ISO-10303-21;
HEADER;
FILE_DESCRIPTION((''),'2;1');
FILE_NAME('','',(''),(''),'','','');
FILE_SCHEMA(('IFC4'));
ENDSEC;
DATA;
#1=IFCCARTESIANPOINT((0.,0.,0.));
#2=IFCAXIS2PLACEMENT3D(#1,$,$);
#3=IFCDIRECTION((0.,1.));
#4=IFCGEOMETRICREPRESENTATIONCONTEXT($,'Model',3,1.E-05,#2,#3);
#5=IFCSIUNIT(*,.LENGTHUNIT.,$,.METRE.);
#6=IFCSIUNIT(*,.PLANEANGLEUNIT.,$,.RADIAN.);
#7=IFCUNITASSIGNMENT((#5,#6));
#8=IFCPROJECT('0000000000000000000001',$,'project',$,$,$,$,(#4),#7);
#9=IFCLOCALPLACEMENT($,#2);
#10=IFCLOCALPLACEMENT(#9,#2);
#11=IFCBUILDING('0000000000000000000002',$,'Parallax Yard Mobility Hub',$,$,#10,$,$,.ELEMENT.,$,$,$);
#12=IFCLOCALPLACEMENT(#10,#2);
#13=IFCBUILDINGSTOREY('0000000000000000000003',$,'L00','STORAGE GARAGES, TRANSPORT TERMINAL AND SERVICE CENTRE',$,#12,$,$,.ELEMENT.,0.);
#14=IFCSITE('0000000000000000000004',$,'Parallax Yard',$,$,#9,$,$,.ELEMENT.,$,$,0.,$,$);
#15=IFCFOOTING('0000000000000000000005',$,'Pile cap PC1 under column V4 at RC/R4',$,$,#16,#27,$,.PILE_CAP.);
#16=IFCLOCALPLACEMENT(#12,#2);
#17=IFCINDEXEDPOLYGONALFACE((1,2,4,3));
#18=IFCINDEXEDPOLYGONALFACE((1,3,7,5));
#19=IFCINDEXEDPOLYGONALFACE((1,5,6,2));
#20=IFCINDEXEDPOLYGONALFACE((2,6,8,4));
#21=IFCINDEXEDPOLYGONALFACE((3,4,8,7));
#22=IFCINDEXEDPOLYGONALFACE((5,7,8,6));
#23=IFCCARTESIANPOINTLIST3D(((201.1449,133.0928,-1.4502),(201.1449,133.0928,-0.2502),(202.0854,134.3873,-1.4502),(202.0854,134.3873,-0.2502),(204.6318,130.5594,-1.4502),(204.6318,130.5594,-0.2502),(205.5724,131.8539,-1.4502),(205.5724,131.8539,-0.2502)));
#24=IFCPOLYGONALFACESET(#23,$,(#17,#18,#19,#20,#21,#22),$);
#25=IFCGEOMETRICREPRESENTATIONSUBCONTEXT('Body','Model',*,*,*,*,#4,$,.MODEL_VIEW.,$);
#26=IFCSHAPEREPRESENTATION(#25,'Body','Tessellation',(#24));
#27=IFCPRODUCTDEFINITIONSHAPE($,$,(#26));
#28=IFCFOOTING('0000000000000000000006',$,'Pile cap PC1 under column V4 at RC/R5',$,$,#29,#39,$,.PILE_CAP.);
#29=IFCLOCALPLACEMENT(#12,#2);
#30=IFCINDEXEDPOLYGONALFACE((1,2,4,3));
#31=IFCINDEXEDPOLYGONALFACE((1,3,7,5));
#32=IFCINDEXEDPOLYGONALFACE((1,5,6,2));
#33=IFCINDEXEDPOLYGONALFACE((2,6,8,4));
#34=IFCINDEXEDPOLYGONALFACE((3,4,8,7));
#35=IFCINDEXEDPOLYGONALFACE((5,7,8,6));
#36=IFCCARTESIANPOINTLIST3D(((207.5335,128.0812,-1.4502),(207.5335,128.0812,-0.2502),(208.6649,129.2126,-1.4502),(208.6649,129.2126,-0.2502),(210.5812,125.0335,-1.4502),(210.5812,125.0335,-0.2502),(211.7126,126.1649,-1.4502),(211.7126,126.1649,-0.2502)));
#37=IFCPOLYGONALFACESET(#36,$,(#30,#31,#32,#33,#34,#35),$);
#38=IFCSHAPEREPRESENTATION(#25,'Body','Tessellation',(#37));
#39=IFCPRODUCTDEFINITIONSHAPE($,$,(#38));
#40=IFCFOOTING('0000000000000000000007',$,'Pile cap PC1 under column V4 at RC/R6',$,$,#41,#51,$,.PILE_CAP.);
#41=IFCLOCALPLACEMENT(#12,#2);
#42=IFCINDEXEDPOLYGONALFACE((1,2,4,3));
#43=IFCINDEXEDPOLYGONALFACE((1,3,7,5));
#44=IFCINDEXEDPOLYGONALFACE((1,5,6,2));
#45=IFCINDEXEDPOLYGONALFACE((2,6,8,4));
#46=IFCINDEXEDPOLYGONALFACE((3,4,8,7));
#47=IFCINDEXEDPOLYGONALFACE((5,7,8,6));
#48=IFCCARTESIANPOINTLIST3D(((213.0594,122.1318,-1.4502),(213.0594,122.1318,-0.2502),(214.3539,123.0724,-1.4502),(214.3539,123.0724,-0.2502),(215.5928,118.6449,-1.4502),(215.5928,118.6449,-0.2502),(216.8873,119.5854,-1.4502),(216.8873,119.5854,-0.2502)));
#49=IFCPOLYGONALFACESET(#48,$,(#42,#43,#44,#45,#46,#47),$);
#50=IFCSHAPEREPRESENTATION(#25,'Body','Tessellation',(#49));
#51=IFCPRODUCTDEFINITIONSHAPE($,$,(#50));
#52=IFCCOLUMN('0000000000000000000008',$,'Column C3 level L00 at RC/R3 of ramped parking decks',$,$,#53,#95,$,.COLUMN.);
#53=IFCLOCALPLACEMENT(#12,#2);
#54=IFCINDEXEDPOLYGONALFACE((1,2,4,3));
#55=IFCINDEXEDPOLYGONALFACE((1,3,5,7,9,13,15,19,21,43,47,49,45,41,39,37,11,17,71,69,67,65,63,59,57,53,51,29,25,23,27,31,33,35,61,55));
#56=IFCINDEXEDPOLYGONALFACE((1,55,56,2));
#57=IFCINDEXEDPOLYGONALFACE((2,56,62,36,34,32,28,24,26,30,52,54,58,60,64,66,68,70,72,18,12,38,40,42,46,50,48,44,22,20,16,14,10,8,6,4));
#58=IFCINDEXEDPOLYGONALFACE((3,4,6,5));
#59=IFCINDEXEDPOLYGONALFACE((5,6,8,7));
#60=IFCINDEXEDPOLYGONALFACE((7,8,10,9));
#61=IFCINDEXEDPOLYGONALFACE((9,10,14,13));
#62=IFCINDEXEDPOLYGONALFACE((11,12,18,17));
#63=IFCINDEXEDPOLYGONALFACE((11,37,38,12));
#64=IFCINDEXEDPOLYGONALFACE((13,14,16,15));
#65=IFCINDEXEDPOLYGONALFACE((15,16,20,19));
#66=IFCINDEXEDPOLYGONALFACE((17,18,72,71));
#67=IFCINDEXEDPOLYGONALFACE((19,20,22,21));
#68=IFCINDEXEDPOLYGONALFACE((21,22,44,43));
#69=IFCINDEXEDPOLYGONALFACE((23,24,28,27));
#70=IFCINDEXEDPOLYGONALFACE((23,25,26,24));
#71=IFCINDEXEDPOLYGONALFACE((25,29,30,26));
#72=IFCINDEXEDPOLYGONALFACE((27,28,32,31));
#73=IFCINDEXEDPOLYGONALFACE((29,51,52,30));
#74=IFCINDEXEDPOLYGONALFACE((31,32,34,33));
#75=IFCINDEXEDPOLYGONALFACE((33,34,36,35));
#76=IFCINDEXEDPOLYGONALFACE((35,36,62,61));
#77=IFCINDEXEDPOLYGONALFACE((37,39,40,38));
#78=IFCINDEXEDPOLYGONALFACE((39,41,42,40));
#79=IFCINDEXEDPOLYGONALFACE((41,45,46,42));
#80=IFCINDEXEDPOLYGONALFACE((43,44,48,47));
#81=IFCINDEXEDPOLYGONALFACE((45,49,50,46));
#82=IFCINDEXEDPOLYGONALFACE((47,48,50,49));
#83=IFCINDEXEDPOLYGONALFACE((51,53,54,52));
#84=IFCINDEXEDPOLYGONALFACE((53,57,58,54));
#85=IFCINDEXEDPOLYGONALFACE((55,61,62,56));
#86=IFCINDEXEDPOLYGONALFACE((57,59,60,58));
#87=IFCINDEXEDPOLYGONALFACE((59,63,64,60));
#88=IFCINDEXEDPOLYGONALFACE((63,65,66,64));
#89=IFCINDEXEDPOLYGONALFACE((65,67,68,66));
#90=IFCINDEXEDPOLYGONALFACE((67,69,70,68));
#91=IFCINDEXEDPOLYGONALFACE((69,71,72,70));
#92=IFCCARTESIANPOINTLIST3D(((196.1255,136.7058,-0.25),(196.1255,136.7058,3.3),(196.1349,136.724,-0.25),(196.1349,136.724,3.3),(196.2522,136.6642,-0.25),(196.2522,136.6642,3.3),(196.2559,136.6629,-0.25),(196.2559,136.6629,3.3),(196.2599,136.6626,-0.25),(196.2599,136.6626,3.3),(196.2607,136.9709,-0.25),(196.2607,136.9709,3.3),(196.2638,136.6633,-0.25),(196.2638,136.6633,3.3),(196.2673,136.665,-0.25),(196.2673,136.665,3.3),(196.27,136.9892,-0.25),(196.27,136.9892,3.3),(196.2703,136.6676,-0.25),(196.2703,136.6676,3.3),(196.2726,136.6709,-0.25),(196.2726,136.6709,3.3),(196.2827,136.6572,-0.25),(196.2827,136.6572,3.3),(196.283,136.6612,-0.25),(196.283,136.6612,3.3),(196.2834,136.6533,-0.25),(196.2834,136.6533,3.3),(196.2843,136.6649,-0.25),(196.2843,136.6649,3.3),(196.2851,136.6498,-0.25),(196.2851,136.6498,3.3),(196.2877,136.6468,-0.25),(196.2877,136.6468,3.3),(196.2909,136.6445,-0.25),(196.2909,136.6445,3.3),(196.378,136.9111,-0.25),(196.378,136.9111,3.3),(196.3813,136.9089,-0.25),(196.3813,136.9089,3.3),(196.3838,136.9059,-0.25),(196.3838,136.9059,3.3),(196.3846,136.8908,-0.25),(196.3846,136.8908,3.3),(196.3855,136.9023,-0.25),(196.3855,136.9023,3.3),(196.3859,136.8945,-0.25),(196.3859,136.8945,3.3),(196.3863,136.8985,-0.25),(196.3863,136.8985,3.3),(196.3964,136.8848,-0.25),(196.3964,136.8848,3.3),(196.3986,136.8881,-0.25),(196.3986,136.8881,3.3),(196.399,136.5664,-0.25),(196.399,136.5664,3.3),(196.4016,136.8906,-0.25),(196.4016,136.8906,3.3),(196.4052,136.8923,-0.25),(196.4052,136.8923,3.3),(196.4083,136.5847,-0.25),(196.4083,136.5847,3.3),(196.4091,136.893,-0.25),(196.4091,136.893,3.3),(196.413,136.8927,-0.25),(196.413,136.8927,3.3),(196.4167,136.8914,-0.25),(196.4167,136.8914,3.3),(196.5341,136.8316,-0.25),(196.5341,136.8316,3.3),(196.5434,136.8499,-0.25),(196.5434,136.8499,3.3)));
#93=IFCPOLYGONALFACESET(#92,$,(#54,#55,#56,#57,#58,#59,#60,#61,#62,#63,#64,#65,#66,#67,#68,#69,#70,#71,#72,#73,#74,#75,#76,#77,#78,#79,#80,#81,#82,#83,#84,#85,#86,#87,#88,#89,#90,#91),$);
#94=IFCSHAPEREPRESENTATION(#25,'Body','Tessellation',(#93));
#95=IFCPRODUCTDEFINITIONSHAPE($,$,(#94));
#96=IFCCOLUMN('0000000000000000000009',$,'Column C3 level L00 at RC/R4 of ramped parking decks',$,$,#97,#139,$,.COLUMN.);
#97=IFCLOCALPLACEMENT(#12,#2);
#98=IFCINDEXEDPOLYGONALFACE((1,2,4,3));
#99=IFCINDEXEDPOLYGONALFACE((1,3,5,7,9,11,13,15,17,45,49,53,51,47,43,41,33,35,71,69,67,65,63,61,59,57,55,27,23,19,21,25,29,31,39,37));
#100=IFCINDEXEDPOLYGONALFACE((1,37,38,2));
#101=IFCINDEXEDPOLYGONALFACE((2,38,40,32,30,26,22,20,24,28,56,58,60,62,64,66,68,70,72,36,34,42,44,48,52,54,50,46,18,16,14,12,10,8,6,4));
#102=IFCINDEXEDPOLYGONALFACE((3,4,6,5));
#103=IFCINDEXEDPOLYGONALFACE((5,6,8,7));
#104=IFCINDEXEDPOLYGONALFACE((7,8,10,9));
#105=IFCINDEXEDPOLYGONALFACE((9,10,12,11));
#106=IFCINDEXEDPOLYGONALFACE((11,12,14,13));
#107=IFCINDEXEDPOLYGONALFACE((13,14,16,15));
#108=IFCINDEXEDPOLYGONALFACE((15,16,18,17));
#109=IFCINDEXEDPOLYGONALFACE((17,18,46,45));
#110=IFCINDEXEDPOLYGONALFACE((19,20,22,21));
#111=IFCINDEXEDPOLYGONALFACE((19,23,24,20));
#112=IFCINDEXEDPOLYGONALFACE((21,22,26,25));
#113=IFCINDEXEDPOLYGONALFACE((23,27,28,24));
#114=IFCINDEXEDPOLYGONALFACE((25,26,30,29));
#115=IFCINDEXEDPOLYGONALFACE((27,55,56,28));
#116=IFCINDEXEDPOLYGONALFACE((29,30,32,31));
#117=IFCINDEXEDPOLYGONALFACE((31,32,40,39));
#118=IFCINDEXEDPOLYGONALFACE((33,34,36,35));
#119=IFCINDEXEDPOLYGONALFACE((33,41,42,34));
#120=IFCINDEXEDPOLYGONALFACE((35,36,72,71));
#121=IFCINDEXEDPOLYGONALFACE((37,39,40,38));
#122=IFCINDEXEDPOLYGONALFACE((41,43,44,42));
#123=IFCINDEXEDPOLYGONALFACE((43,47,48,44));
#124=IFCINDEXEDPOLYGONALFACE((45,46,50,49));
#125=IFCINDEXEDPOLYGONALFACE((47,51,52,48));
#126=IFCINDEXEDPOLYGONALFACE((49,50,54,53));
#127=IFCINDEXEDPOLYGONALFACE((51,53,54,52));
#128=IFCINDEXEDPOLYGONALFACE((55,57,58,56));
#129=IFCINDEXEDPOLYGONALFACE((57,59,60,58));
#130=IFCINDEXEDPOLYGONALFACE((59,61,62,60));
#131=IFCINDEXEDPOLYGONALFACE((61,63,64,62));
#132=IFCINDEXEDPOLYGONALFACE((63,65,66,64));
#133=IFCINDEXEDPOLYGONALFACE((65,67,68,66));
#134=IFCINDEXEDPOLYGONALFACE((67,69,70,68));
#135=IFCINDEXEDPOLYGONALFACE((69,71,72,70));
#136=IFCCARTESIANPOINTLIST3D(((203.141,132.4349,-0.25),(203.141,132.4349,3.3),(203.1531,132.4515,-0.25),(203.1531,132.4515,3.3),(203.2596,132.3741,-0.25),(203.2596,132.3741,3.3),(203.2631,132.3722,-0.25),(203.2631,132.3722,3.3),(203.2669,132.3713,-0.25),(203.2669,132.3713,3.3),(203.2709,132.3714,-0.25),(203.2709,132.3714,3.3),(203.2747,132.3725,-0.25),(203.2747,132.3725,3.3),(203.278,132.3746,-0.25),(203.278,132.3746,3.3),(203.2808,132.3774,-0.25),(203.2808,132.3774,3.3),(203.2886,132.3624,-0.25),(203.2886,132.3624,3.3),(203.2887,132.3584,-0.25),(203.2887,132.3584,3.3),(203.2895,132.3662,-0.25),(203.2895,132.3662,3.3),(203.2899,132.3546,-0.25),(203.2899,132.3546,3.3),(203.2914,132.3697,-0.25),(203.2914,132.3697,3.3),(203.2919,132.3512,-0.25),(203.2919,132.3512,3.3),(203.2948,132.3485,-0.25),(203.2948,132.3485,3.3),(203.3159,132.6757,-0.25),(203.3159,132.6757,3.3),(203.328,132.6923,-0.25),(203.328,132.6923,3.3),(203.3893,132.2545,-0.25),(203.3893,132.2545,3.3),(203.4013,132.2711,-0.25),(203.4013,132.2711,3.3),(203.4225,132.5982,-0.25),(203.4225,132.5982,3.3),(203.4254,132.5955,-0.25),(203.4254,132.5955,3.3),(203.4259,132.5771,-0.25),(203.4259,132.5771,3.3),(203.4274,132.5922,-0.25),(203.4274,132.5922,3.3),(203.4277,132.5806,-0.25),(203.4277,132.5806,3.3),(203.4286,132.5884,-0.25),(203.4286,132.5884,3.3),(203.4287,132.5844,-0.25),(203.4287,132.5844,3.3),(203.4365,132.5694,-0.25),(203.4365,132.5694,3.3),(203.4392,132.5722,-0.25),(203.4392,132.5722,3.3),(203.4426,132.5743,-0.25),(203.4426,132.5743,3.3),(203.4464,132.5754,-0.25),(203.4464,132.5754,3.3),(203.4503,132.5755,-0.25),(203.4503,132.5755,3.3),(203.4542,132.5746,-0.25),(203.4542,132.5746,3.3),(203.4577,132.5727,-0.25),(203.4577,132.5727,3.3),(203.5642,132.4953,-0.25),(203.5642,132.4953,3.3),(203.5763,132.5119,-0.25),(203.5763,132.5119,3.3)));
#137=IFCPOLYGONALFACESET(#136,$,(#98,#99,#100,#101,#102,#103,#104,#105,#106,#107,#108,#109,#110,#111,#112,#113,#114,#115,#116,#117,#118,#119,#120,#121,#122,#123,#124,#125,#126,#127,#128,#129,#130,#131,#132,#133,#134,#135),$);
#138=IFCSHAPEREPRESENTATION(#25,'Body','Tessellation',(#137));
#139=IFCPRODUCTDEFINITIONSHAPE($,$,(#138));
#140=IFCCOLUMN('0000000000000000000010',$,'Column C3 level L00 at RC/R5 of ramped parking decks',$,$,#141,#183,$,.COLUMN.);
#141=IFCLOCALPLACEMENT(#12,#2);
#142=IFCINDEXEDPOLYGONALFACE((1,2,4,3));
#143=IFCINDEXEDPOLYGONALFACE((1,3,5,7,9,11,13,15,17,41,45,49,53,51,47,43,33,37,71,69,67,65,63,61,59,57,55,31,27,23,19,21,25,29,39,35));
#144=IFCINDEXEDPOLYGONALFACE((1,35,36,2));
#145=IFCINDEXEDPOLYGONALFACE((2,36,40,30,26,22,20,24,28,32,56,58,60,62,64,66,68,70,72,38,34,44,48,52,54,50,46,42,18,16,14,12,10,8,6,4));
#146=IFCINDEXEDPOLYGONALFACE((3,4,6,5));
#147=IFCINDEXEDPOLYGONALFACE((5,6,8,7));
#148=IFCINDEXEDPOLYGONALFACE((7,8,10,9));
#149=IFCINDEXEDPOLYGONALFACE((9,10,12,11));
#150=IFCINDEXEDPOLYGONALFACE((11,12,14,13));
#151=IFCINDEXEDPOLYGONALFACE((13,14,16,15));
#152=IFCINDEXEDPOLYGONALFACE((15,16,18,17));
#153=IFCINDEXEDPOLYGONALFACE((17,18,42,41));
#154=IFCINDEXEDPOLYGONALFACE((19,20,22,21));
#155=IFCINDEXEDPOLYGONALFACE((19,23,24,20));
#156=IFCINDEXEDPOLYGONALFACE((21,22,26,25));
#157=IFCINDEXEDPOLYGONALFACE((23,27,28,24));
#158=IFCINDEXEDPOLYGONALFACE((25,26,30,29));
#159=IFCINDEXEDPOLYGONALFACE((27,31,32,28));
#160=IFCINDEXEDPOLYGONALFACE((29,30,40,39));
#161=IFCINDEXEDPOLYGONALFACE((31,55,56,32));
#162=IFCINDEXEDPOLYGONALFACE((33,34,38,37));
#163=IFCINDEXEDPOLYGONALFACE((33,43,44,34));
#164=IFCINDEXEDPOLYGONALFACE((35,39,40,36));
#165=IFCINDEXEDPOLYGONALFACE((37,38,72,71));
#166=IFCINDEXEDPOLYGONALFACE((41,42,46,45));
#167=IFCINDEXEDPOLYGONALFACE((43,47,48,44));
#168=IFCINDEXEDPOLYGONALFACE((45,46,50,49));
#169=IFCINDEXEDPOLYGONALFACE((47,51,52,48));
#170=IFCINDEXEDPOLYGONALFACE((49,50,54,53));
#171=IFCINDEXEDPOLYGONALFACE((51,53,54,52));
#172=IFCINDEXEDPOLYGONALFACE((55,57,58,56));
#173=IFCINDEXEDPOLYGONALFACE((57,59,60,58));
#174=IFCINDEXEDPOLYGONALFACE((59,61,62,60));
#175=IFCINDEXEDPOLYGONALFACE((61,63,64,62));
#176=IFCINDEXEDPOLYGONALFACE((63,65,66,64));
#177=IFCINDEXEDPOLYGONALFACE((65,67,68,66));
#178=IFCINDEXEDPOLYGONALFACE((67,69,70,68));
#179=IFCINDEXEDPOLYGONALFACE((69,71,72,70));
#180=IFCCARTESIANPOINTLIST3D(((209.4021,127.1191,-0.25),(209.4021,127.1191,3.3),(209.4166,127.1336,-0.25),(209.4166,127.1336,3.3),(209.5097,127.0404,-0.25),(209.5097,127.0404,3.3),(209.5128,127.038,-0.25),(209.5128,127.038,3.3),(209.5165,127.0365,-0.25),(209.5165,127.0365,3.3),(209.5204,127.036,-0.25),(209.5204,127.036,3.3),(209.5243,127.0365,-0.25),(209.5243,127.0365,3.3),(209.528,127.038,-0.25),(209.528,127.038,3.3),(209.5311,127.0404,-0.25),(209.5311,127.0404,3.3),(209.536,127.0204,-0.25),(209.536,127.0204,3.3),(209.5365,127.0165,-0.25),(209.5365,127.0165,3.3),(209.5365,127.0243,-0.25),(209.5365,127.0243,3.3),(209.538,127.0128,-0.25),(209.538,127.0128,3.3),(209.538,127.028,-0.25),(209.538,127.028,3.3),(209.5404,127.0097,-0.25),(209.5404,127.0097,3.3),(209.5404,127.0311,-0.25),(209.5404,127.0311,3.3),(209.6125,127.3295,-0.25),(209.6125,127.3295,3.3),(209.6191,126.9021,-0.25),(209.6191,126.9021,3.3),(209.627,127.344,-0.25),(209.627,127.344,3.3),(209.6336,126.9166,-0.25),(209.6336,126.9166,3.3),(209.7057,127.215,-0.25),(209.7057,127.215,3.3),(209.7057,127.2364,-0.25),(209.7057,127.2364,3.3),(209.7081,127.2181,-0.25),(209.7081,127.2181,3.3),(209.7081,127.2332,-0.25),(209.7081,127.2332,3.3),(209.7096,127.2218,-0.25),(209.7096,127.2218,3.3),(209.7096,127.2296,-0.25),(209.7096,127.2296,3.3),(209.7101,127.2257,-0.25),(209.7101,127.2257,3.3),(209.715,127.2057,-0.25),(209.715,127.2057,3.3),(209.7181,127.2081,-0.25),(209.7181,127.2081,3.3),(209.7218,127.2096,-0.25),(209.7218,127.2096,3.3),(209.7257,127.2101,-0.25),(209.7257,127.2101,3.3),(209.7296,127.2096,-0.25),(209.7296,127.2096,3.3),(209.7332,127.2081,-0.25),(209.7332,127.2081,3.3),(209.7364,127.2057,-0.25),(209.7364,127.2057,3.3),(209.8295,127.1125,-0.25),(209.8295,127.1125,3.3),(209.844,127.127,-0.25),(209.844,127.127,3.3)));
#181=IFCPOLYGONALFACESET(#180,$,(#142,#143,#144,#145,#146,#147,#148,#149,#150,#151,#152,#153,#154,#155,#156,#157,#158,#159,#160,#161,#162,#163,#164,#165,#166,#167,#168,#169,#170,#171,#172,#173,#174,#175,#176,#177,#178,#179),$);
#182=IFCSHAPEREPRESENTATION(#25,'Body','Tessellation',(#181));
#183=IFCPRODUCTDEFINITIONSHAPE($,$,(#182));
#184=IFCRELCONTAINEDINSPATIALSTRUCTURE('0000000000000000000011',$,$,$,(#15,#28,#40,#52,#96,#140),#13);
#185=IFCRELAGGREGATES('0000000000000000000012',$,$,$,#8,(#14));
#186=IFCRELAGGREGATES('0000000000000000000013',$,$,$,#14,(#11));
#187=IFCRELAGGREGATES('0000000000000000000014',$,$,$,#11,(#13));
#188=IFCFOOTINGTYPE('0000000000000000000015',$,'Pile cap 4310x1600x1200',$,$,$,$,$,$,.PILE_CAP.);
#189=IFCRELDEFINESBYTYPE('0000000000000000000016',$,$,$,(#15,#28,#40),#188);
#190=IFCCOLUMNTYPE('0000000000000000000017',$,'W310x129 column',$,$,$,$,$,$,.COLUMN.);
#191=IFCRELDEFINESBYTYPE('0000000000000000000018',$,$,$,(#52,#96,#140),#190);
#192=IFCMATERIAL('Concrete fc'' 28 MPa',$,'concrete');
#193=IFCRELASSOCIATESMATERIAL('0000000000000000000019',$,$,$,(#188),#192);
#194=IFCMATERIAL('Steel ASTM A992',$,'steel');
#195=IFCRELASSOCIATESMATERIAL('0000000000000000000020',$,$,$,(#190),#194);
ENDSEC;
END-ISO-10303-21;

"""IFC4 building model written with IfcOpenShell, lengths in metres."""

from ifc_helpers import new_model, si_unit, direction, frame, origin, origin_2d, place, context, subcontext, project, spatial, rectangle, i_section, extrude, material, material_profile, profile_set, type_object, element, save


model = new_model("IFC4")

# Units and contexts
model_context = context("Model", 3, precision=1e-05, world=origin(), true_north=direction((0.0, 1.0)))
body_context = subcontext(model_context, "Body", "Model", "MODEL_VIEW")
ifc_project = project(units=[si_unit("LENGTHUNIT", "METRE"), si_unit("PLANEANGLEUNIT", "RADIAN")], contexts=[model_context])

# Site, building, storey
site_placement = place(None, origin())
site = spatial("IfcSite", under=ifc_project, at=site_placement, Name="Parallax Yard", CompositionType="ELEMENT", RefElevation=0.0)
building_placement = place(site_placement, origin())
building = spatial("IfcBuilding", under=site, at=building_placement, Name="Parallax Yard Mobility Hub", CompositionType="ELEMENT")
storey_placement = place(building_placement, origin())
storey = spatial("IfcBuildingStorey", under=building, at=storey_placement, Name="L00", Description="STORAGE GARAGES, TRANSPORT TERMINAL AND SERVICE CENTRE", CompositionType="ELEMENT", Elevation=0.0)

# Shared definitions
ifc_material_1 = material(Name="Concrete fc' 28 MPa", Category="concrete")

# Footings
footing_type_1 = type_object("IfcFootingType", Name="Pile cap 4310x1600x1200", PredefinedType="PILE_CAP", material=ifc_material_1)
for number, where, z_axis, x_axis, name in (
    (1, (203.3586, 132.4734, -1.4502), (0.0, 0.0, 1.0), (-0.809017, 0.587785, 0.0), "Pile cap PC1 under column V4 at RC/R4"),
    (2, (209.623, 127.123, -1.4502), (0.0, 0.0, 1.0), (-0.707107, 0.707107, 0.0), "Pile cap PC1 under column V4 at RC/R5"),
    (3, (214.9734, 120.8586, -1.4502), (0.0, 0.0, 1.0), (-0.587785, 0.809017, 0.0), "Pile cap PC1 under column V4 at RC/R6"),
):
    element("IfcFooting", number, at=place(storey_placement, frame(where, z_axis=z_axis, x_axis=x_axis)), inside=storey, type_object=footing_type_1, Name=name, PredefinedType="PILE_CAP", context=body_context, shape_type="SweptSolid", body=[
        extrude(rectangle(XDim=4.3101, YDim=1.6001, at=origin_2d()), origin(), (0.0, 0.0, 1.0), 1.2),
    ])

# Columns
ifc_material_2 = material(Name="Steel ASTM A992", Category="steel")
ifc_material_profile_1 = material_profile(ifc_material_2, i_section(OverallWidth=0.3069, OverallDepth=0.3181, WebThickness=0.0132, FlangeThickness=0.0205, FilletRadius=0.0151, at=origin_2d()), Name="W310x129")
ifc_profile_set_1 = profile_set([ifc_material_profile_1], Name="Steel ASTM A992")
column_type = type_object("IfcColumnType", Name="W310x129 column", PredefinedType="COLUMN", material=ifc_profile_set_1)
for number, where, z_axis, x_axis, name in (
    (4, (196.3345, 136.7778, -0.25), (0.0, 0.0, 1.0), (-0.891007, 0.45399, 0.0), "Column C3 level L00 at RC/R3 of ramped parking decks"),
    (5, (203.3586, 132.4734, -0.25), (0.0, 0.0, 1.0), (-0.809017, 0.587785, 0.0), "Column C3 level L00 at RC/R4 of ramped parking decks"),
    (6, (209.623, 127.123, -0.25), (0.0, 0.0, 1.0), (-0.707107, 0.707107, 0.0), "Column C3 level L00 at RC/R5 of ramped parking decks"),
):
    element("IfcColumn", number, at=place(storey_placement, frame(where, z_axis=z_axis, x_axis=x_axis)), inside=storey, type_object=column_type, Name=name, PredefinedType="COLUMN", context=body_context, shape_type="SweptSolid", body=[
        extrude(i_section(OverallWidth=0.3069, OverallDepth=0.3181, WebThickness=0.0132, FlangeThickness=0.0205, FilletRadius=0.0151, at=origin_2d()), origin(), (0.0, 0.0, 1.0), 3.55),
    ])

save(model, "model.ifc")
